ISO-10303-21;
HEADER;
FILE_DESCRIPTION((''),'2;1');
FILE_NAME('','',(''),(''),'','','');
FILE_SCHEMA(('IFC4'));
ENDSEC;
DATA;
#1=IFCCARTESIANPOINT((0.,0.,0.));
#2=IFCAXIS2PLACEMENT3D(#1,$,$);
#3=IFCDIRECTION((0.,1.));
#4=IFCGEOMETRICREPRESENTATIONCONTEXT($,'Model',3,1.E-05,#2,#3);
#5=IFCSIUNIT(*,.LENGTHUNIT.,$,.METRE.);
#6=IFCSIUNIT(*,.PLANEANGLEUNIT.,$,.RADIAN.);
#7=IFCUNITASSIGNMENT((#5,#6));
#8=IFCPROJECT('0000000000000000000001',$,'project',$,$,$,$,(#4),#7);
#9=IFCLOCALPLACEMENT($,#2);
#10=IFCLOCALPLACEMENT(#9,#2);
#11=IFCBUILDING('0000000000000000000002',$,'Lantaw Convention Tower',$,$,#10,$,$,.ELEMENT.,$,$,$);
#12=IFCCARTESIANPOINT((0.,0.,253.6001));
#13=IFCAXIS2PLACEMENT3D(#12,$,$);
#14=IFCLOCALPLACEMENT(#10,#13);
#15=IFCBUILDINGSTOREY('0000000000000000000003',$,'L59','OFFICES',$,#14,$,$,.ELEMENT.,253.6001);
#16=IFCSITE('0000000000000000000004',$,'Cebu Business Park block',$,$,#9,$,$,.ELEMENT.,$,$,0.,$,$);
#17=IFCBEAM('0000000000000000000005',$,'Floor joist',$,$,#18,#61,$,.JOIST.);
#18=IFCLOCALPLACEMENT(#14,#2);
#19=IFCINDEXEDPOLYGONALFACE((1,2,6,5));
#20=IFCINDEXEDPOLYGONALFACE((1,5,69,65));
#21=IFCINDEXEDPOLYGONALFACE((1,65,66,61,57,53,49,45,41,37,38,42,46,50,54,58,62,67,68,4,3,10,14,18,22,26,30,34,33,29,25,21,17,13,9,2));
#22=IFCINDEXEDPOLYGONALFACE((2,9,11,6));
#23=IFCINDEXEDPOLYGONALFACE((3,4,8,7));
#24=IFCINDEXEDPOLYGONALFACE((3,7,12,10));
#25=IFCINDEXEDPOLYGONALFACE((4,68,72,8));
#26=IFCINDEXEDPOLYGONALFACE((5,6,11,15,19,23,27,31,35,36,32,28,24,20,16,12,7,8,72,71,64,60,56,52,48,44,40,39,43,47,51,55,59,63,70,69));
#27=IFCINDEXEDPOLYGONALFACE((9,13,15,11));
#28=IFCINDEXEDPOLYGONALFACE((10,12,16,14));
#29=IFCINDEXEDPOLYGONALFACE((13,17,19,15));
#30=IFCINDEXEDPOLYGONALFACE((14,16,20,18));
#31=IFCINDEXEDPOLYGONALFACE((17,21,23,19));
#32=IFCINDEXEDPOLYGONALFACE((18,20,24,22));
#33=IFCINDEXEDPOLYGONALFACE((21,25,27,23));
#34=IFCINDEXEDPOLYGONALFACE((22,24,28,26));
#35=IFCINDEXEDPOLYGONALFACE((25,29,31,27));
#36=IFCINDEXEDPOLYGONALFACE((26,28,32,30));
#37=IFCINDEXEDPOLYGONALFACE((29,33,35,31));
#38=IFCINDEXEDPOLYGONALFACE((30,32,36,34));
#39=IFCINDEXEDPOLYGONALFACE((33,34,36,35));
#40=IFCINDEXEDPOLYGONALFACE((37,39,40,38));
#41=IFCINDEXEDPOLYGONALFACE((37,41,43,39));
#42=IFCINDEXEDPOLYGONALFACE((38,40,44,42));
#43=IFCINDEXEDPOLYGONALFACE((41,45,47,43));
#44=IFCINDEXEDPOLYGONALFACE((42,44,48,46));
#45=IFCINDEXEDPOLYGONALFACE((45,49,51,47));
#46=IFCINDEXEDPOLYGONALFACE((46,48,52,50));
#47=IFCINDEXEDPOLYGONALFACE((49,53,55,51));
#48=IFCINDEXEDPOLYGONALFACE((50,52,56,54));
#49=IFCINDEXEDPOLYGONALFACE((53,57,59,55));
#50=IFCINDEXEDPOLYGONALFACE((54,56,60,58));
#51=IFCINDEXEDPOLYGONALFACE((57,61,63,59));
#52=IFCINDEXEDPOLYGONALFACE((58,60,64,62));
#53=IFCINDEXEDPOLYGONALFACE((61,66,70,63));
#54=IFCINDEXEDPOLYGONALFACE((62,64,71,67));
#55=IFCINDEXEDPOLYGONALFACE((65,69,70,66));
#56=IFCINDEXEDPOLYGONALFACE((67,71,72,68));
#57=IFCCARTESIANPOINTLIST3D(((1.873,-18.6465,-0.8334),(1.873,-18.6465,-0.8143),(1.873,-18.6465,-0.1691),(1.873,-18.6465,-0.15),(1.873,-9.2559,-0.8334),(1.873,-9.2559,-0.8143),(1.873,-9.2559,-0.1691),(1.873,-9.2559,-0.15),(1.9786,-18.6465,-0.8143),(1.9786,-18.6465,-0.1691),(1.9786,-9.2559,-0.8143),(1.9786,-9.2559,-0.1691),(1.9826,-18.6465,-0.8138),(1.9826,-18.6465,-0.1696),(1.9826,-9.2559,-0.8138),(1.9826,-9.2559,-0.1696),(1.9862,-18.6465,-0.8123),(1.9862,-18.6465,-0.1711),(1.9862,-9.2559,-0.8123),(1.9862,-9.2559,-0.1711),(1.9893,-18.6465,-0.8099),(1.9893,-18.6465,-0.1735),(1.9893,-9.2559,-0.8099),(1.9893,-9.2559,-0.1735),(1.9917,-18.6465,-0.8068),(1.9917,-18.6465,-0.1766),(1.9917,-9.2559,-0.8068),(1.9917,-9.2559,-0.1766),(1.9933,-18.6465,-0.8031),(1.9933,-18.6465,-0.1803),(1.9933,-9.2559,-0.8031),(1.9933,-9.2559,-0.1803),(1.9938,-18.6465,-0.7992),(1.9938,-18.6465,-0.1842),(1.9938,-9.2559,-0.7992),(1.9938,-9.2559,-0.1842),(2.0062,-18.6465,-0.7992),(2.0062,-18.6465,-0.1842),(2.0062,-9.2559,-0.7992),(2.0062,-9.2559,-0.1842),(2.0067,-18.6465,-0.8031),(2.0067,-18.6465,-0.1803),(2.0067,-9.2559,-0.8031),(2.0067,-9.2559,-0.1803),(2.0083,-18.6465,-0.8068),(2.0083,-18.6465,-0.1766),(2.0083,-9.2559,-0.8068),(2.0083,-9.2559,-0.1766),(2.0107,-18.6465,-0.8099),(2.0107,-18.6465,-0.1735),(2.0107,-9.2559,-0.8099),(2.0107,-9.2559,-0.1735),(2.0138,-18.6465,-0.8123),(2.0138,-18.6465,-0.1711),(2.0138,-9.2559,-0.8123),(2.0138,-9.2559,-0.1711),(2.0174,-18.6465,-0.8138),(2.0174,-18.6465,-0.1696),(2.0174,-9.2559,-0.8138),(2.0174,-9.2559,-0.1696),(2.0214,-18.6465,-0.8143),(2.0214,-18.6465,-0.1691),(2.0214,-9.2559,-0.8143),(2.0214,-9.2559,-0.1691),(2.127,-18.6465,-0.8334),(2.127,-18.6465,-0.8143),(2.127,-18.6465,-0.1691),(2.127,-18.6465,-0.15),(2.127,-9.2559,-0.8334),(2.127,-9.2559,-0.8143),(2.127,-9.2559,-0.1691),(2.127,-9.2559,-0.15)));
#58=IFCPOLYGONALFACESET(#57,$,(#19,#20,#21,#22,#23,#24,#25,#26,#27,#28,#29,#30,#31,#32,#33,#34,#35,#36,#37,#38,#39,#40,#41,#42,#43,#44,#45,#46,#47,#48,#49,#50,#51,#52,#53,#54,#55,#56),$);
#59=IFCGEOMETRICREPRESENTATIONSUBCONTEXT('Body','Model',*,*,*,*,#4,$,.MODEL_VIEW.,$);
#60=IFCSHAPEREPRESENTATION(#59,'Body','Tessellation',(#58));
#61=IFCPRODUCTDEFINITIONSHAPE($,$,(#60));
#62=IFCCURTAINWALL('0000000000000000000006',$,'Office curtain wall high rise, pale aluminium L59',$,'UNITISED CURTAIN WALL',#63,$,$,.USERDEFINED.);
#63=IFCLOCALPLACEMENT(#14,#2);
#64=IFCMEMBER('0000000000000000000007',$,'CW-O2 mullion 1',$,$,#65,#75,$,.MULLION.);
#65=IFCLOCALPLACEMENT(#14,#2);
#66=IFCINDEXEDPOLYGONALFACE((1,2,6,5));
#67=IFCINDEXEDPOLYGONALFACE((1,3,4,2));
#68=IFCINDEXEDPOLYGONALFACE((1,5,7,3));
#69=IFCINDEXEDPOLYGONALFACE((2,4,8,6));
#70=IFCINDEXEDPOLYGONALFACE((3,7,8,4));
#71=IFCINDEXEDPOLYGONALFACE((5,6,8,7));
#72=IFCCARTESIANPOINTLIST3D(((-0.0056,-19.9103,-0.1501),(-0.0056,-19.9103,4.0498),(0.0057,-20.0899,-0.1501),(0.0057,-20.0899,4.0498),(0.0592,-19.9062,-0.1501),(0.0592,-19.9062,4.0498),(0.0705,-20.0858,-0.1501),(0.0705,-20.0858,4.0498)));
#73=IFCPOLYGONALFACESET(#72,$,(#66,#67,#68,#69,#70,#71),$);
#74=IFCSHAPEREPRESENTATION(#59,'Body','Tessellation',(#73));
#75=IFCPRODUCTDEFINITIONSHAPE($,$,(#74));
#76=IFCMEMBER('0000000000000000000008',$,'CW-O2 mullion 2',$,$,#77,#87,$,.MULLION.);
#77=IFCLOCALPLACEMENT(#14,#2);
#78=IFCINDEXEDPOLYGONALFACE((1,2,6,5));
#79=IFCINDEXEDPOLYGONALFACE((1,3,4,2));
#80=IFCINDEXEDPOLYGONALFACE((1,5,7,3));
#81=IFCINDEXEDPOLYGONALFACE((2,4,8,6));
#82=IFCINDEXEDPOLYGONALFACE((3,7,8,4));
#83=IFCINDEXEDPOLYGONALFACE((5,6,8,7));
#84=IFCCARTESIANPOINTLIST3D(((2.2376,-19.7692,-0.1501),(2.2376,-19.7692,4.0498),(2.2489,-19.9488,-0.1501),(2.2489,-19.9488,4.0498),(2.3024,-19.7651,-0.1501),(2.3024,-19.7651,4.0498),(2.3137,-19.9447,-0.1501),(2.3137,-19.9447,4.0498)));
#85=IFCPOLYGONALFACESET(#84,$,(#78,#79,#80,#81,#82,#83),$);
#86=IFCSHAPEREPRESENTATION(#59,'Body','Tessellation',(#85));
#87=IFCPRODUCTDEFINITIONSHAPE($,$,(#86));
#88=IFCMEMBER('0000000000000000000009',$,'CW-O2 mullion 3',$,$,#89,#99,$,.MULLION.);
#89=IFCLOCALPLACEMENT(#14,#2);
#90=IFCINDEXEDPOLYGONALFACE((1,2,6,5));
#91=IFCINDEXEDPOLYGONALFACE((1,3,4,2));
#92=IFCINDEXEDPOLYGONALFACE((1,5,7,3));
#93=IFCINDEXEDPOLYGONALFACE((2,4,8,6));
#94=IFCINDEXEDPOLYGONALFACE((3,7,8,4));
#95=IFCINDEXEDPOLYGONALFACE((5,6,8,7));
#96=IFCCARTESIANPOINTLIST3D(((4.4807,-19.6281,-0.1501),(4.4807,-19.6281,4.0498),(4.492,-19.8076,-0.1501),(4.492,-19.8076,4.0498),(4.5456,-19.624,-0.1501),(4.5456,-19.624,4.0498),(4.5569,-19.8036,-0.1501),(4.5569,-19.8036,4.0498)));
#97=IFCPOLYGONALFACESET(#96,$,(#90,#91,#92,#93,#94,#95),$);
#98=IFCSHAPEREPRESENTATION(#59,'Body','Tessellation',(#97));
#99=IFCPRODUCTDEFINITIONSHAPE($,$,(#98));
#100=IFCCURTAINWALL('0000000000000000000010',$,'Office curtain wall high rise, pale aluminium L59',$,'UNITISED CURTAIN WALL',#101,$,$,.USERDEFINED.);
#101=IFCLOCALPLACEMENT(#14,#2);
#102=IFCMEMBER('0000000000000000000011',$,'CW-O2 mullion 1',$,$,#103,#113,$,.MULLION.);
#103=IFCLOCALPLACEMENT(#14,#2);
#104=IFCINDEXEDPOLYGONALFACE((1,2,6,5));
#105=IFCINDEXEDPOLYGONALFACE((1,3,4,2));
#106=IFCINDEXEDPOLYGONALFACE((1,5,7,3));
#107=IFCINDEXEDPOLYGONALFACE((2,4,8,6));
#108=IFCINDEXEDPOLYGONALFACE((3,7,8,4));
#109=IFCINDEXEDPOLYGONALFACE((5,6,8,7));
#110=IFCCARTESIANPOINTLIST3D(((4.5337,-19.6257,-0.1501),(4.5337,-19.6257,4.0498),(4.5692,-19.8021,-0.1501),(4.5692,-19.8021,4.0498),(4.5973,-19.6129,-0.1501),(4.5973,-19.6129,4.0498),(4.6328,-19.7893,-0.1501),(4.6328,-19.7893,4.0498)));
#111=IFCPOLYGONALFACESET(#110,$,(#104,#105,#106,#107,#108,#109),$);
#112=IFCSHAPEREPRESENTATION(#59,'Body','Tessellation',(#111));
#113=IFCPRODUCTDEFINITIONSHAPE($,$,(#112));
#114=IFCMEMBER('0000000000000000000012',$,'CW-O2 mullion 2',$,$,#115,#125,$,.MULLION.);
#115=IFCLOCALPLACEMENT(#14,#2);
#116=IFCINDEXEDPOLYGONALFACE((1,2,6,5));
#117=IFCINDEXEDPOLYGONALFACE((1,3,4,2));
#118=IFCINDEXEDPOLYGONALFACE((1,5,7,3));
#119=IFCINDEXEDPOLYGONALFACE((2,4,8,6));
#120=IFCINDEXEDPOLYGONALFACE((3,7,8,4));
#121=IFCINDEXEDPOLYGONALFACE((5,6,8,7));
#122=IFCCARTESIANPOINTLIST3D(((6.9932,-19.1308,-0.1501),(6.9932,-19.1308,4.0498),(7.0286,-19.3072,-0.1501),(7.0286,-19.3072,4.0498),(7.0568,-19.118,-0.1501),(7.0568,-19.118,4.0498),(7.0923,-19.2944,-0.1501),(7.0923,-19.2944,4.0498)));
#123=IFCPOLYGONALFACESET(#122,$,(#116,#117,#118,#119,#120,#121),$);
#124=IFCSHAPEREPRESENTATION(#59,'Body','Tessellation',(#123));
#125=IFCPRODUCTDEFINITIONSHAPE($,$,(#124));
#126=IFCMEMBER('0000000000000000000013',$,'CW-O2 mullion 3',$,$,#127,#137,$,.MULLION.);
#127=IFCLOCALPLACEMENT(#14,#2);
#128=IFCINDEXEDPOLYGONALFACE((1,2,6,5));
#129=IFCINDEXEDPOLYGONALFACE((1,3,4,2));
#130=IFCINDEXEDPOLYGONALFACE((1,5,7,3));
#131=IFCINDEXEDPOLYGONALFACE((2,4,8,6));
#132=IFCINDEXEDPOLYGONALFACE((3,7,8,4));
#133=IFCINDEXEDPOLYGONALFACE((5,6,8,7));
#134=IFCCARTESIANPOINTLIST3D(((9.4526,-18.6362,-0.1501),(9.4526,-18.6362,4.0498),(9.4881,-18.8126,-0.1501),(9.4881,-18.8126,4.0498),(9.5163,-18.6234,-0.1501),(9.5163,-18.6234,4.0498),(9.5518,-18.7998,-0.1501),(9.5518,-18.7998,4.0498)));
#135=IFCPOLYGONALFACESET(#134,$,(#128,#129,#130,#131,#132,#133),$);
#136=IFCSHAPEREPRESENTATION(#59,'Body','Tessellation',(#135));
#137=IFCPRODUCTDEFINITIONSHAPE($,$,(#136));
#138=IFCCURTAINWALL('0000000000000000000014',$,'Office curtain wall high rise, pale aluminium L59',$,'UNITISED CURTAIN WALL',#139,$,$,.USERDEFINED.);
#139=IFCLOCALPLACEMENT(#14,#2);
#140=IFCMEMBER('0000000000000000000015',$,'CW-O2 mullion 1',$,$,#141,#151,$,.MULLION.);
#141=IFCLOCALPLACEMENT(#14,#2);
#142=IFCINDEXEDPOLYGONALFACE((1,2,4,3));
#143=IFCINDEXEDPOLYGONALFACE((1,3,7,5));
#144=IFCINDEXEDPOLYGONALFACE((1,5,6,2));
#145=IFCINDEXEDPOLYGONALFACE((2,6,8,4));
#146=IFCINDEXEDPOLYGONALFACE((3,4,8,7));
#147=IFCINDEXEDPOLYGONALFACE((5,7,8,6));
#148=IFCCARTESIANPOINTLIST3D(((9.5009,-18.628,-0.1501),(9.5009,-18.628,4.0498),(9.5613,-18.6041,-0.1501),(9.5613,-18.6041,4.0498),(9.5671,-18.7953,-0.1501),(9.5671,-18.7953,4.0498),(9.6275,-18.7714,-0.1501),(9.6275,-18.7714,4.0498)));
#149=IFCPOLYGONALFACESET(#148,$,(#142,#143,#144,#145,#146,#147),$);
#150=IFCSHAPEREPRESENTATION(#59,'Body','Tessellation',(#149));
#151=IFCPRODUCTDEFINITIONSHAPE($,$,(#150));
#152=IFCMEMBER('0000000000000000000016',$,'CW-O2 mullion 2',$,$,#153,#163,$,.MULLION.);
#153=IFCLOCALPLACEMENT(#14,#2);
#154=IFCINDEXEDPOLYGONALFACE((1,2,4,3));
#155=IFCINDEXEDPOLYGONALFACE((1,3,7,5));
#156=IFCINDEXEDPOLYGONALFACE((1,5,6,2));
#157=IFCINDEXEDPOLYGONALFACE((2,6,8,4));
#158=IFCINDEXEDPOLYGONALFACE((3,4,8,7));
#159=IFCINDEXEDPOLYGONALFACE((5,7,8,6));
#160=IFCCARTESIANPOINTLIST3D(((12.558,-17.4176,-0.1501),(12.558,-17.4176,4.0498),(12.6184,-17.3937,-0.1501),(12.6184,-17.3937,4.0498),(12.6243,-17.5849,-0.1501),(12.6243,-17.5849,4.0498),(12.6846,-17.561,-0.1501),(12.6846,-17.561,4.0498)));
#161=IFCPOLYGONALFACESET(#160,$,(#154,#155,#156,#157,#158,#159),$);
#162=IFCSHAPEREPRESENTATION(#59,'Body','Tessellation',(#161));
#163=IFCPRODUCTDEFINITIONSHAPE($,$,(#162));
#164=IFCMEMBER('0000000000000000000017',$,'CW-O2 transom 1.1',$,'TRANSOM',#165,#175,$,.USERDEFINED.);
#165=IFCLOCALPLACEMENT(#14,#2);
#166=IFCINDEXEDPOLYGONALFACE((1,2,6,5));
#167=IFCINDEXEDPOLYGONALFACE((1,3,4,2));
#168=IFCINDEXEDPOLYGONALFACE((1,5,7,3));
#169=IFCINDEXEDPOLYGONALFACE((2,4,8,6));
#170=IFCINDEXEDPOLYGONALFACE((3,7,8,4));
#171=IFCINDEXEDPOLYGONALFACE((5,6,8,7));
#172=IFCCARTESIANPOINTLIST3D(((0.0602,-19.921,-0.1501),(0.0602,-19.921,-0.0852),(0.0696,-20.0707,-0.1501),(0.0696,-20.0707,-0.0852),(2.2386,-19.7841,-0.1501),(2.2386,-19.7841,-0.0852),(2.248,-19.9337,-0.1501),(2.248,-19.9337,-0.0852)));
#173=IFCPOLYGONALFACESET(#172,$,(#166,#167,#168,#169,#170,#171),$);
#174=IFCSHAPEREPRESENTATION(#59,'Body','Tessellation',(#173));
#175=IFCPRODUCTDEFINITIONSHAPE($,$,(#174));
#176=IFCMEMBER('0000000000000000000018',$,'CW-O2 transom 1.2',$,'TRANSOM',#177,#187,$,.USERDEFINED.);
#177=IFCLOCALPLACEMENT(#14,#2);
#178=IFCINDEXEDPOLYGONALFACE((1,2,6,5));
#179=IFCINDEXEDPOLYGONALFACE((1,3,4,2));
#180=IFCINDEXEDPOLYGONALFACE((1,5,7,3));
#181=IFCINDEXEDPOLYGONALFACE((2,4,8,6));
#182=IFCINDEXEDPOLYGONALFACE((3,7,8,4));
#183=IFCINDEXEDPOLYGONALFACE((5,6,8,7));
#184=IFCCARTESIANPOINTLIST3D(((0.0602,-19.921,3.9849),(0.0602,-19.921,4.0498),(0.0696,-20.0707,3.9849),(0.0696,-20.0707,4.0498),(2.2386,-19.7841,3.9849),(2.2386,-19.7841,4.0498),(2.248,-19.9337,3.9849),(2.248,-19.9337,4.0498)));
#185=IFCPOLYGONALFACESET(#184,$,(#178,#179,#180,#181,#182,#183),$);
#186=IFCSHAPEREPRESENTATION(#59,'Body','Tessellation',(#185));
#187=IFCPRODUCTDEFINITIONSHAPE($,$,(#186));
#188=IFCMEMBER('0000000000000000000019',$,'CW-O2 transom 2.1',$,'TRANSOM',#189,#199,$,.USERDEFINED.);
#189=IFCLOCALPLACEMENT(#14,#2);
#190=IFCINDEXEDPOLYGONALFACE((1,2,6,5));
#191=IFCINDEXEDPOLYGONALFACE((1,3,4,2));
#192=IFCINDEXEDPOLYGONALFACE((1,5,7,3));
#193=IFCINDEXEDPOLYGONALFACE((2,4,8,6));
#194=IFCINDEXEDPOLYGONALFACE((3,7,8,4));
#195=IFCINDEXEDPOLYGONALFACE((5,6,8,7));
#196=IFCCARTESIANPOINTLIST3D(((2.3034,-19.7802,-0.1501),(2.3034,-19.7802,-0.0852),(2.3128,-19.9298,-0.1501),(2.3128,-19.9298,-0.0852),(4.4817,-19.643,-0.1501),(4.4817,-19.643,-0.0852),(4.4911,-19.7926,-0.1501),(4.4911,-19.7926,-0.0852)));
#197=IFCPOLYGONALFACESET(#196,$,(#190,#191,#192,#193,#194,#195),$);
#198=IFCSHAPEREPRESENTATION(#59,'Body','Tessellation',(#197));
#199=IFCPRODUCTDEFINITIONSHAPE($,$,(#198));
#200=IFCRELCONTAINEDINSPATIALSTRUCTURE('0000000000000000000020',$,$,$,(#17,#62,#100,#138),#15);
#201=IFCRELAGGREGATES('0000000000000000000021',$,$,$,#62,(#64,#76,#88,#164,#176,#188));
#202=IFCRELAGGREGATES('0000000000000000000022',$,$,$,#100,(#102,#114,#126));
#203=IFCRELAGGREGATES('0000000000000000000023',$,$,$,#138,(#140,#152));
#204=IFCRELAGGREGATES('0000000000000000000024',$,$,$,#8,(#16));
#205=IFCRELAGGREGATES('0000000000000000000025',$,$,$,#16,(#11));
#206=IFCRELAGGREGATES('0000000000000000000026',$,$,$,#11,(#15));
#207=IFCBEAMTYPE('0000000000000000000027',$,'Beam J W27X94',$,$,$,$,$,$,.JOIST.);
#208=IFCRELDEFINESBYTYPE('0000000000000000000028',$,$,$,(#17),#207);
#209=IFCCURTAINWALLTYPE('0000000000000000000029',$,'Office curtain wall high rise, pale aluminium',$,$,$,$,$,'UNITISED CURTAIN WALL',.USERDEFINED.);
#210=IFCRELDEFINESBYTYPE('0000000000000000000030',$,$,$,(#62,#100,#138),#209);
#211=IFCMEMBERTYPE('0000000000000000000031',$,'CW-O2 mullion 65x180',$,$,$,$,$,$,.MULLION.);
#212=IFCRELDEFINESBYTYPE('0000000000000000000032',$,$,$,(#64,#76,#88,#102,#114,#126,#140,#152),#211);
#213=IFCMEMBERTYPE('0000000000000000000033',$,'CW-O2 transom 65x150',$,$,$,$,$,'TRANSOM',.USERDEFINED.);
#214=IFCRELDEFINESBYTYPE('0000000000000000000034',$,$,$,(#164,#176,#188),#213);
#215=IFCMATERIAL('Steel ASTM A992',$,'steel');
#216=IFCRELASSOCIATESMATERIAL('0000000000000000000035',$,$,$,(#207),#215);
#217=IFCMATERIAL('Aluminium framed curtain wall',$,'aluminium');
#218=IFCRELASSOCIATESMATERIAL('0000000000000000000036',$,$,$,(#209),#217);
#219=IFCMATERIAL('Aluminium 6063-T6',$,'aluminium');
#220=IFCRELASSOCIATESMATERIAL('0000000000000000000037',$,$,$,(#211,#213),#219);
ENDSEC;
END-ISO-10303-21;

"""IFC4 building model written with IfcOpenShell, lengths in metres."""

from ifc_helpers import new_model, si_unit, direction, frame, origin, origin_2d, place, context, subcontext, project, spatial, rectangle, i_section, extrude, material, material_profile, profile_set, type_object, element, aggregate, save


model = new_model("IFC4")

# Units and contexts
model_context = context("Model", 3, precision=1e-05, world=origin(), true_north=direction((0.0, 1.0)))
body_context = subcontext(model_context, "Body", "Model", "MODEL_VIEW")
ifc_project = project(units=[si_unit("LENGTHUNIT", "METRE"), si_unit("PLANEANGLEUNIT", "RADIAN")], contexts=[model_context])

# Site, building, storey
site_placement = place(None, origin())
site = spatial("IfcSite", under=ifc_project, at=site_placement, Name="Cebu Business Park block", CompositionType="ELEMENT", RefElevation=0.0)
building_placement = place(site_placement, origin())
building = spatial("IfcBuilding", under=site, at=building_placement, Name="Lantaw Convention Tower", CompositionType="ELEMENT")
storey_placement = place(building_placement, frame((0.0, 0.0, 253.6001)))
storey = spatial("IfcBuildingStorey", under=building, at=storey_placement, Name="L59", Description="OFFICES", CompositionType="ELEMENT", Elevation=253.6001)

# Beam
ifc_material_1 = material(Name="Steel ASTM A992", Category="steel")
ifc_material_profile_1 = material_profile(ifc_material_1, i_section(OverallWidth=0.2539, OverallDepth=0.6833, WebThickness=0.0125, FlangeThickness=0.019, FilletRadius=0.0151, at=origin_2d()), Name="W27X94")
ifc_profile_set_1 = profile_set([ifc_material_profile_1], Name="Steel ASTM A992")
beam_type_1 = type_object("IfcBeamType", Name="Beam J W27X94", PredefinedType="JOIST", material=ifc_profile_set_1)
beam_1_placement = place(storey_placement, frame((2.0, -18.6465, -0.4917), z_axis=(0.0, 1.0, 0.0), x_axis=(-1.0, 0.0, 0.0)))
element("IfcBeam", 1, at=beam_1_placement, inside=storey, type_object=beam_type_1, Name="Floor joist", PredefinedType="JOIST", context=body_context, shape_type="SweptSolid", body=[
    extrude(i_section(OverallWidth=0.2539, OverallDepth=0.6833, WebThickness=0.0125, FlangeThickness=0.019, FilletRadius=0.0151, at=origin_2d()), origin(), (0.0, 0.0, 1.0), 9.3906),
])

# Curtain walls, members
ifc_material_2 = material(Name="Aluminium framed curtain wall", Category="aluminium")
curtain_wall_type = type_object("IfcCurtainWallType", Name="Office curtain wall high rise, pale aluminium", ElementType="UNITISED CURTAIN WALL", PredefinedType="USERDEFINED", material=ifc_material_2)
curtain_wall_1_placement = place(storey_placement, origin())
curtain_wall_1 = element("IfcCurtainWall", 2, at=curtain_wall_1_placement, inside=storey, type_object=curtain_wall_type, Name="Office curtain wall high rise, pale aluminium L59", ObjectType="UNITISED CURTAIN WALL", PredefinedType="USERDEFINED")
ifc_material_3 = material(Name="Aluminium 6063-T6", Category="aluminium")
ifc_material_profile_2 = material_profile(ifc_material_3, rectangle(XDim=0.1799, YDim=0.0649, at=origin_2d()), Name="CW-O2 mullion 65x180")
ifc_profile_set_2 = profile_set([ifc_material_profile_2], Name="Aluminium 6063-T6")
member_type_1 = type_object("IfcMemberType", Name="CW-O2 mullion 65x180", PredefinedType="MULLION", material=ifc_profile_set_2)
member_1_placement = place(storey_placement, frame((0.0325, -19.998, -0.1501), z_axis=(0.0, 0.0, 1.0), x_axis=(-0.062758, 0.998029, 0.0)))
member_1 = element("IfcMember", 3, at=member_1_placement, type_object=member_type_1, Name="CW-O2 mullion 1", PredefinedType="MULLION", context=body_context, shape_type="SweptSolid", body=[
    extrude(rectangle(XDim=0.1799, YDim=0.0649, at=origin_2d()), origin(), (0.0, 0.0, 1.0), 4.2),
])
member_2_placement = place(storey_placement, frame((2.2756, -19.8569, -0.1501), z_axis=(0.0, 0.0, 1.0), x_axis=(-0.062758, 0.998029, 0.0)))
member_2 = element("IfcMember", 4, at=member_2_placement, type_object=member_type_1, Name="CW-O2 mullion 2", PredefinedType="MULLION", context=body_context, shape_type="SweptSolid", body=[
    extrude(rectangle(XDim=0.1799, YDim=0.0649, at=origin_2d()), origin(), (0.0, 0.0, 1.0), 4.2),
])
member_3_placement = place(storey_placement, frame((4.5188, -19.7158, -0.1501), z_axis=(0.0, 0.0, 1.0), x_axis=(-0.062758, 0.998029, 0.0)))
member_3 = element("IfcMember", 5, at=member_3_placement, type_object=member_type_1, Name="CW-O2 mullion 3", PredefinedType="MULLION", context=body_context, shape_type="SweptSolid", body=[
    extrude(rectangle(XDim=0.1799, YDim=0.0649, at=origin_2d()), origin(), (0.0, 0.0, 1.0), 4.2),
])
curtain_wall_2_placement = place(storey_placement, origin())
curtain_wall_2 = element("IfcCurtainWall", 6, at=curtain_wall_2_placement, inside=storey, type_object=curtain_wall_type, Name="Office curtain wall high rise, pale aluminium L59", ObjectType="UNITISED CURTAIN WALL", PredefinedType="USERDEFINED")
member_4_placement = place(storey_placement, frame((4.5833, -19.7075, -0.1501), z_axis=(0.0, 0.0, 1.0), x_axis=(-0.197183, 0.980367, 0.0)))
member_4 = element("IfcMember", 7, at=member_4_placement, type_object=member_type_1, Name="CW-O2 mullion 1", PredefinedType="MULLION", context=body_context, shape_type="SweptSolid", body=[
    extrude(rectangle(XDim=0.1799, YDim=0.0649, at=origin_2d()), origin(), (0.0, 0.0, 1.0), 4.2),
])
member_5_placement = place(storey_placement, frame((7.0427, -19.2126, -0.1501), z_axis=(0.0, 0.0, 1.0), x_axis=(-0.197183, 0.980367, 0.0)))
member_5 = element("IfcMember", 8, at=member_5_placement, type_object=member_type_1, Name="CW-O2 mullion 2", PredefinedType="MULLION", context=body_context, shape_type="SweptSolid", body=[
    extrude(rectangle(XDim=0.1799, YDim=0.0649, at=origin_2d()), origin(), (0.0, 0.0, 1.0), 4.2),
])
member_6_placement = place(storey_placement, frame((9.5022, -18.718, -0.1501), z_axis=(0.0, 0.0, 1.0), x_axis=(-0.197183, 0.980367, 0.0)))
member_6 = element("IfcMember", 9, at=member_6_placement, type_object=member_type_1, Name="CW-O2 mullion 3", PredefinedType="MULLION", context=body_context, shape_type="SweptSolid", body=[
    extrude(rectangle(XDim=0.1799, YDim=0.0649, at=origin_2d()), origin(), (0.0, 0.0, 1.0), 4.2),
])
curtain_wall_3_placement = place(storey_placement, origin())
curtain_wall_3 = element("IfcCurtainWall", 10, at=curtain_wall_3_placement, inside=storey, type_object=curtain_wall_type, Name="Office curtain wall high rise, pale aluminium L59", ObjectType="UNITISED CURTAIN WALL", PredefinedType="USERDEFINED")
member_7_placement = place(storey_placement, frame((9.5642, -18.6997, -0.1501), z_axis=(0.0, 0.0, 1.0), x_axis=(-0.368162, 0.929762, 0.0)))
member_7 = element("IfcMember", 11, at=member_7_placement, type_object=member_type_1, Name="CW-O2 mullion 1", PredefinedType="MULLION", context=body_context, shape_type="SweptSolid", body=[
    extrude(rectangle(XDim=0.1799, YDim=0.0649, at=origin_2d()), origin(), (0.0, 0.0, 1.0), 4.2),
])
member_8_placement = place(storey_placement, frame((12.6213, -17.4893, -0.1501), z_axis=(0.0, 0.0, 1.0), x_axis=(-0.368162, 0.929762, 0.0)))
member_8 = element("IfcMember", 12, at=member_8_placement, type_object=member_type_1, Name="CW-O2 mullion 2", PredefinedType="MULLION", context=body_context, shape_type="SweptSolid", body=[
    extrude(rectangle(XDim=0.1799, YDim=0.0649, at=origin_2d()), origin(), (0.0, 0.0, 1.0), 4.2),
])

# Members
ifc_material_profile_3 = material_profile(ifc_material_3, rectangle(XDim=0.1499, YDim=0.0649, at=origin_2d()), Name="CW-O2 transom 65x150")
ifc_profile_set_3 = profile_set([ifc_material_profile_3], Name="Aluminium 6063-T6")
member_type_2 = type_object("IfcMemberType", Name="CW-O2 transom 65x150", ElementType="TRANSOM", PredefinedType="USERDEFINED", material=ifc_profile_set_3)
member_9_placement = place(storey_placement, frame((0.0649, -19.9958, -0.1177), z_axis=(0.998029, 0.062754, 0.0), x_axis=(-0.062754, 0.998029, 0.0)))
member_9 = element("IfcMember", 13, at=member_9_placement, type_object=member_type_2, Name="CW-O2 transom 1.1", ObjectType="TRANSOM", PredefinedType="USERDEFINED", context=body_context, shape_type="SweptSolid", body=[
    extrude(rectangle(XDim=0.1499, YDim=0.0649, at=origin_2d()), origin(), (0.0, 0.0, 1.0), 2.1826),
])
member_10_placement = place(storey_placement, frame((0.0649, -19.9958, 4.0173), z_axis=(0.998029, 0.062754, 0.0), x_axis=(-0.062754, 0.998029, 0.0)))
member_10 = element("IfcMember", 14, at=member_10_placement, type_object=member_type_2, Name="CW-O2 transom 1.2", ObjectType="TRANSOM", PredefinedType="USERDEFINED", context=body_context, shape_type="SweptSolid", body=[
    extrude(rectangle(XDim=0.1499, YDim=0.0649, at=origin_2d()), origin(), (0.0, 0.0, 1.0), 2.1826),
])
member_11_placement = place(storey_placement, frame((2.3081, -19.855, -0.1177), z_axis=(0.998022, 0.062866, 0.0), x_axis=(-0.062866, 0.998022, 0.0)))
member_11 = element("IfcMember", 15, at=member_11_placement, type_object=member_type_2, Name="CW-O2 transom 2.1", ObjectType="TRANSOM", PredefinedType="USERDEFINED", context=body_context, shape_type="SweptSolid", body=[
    extrude(rectangle(XDim=0.1499, YDim=0.0649, at=origin_2d()), origin(), (0.0, 0.0, 1.0), 2.1826),
])

aggregate(curtain_wall_1, [member_1, member_2, member_3, member_9, member_10, member_11])
aggregate(curtain_wall_2, [member_4, member_5, member_6])
aggregate(curtain_wall_3, [member_7, member_8])

save(model, "model.ifc")
